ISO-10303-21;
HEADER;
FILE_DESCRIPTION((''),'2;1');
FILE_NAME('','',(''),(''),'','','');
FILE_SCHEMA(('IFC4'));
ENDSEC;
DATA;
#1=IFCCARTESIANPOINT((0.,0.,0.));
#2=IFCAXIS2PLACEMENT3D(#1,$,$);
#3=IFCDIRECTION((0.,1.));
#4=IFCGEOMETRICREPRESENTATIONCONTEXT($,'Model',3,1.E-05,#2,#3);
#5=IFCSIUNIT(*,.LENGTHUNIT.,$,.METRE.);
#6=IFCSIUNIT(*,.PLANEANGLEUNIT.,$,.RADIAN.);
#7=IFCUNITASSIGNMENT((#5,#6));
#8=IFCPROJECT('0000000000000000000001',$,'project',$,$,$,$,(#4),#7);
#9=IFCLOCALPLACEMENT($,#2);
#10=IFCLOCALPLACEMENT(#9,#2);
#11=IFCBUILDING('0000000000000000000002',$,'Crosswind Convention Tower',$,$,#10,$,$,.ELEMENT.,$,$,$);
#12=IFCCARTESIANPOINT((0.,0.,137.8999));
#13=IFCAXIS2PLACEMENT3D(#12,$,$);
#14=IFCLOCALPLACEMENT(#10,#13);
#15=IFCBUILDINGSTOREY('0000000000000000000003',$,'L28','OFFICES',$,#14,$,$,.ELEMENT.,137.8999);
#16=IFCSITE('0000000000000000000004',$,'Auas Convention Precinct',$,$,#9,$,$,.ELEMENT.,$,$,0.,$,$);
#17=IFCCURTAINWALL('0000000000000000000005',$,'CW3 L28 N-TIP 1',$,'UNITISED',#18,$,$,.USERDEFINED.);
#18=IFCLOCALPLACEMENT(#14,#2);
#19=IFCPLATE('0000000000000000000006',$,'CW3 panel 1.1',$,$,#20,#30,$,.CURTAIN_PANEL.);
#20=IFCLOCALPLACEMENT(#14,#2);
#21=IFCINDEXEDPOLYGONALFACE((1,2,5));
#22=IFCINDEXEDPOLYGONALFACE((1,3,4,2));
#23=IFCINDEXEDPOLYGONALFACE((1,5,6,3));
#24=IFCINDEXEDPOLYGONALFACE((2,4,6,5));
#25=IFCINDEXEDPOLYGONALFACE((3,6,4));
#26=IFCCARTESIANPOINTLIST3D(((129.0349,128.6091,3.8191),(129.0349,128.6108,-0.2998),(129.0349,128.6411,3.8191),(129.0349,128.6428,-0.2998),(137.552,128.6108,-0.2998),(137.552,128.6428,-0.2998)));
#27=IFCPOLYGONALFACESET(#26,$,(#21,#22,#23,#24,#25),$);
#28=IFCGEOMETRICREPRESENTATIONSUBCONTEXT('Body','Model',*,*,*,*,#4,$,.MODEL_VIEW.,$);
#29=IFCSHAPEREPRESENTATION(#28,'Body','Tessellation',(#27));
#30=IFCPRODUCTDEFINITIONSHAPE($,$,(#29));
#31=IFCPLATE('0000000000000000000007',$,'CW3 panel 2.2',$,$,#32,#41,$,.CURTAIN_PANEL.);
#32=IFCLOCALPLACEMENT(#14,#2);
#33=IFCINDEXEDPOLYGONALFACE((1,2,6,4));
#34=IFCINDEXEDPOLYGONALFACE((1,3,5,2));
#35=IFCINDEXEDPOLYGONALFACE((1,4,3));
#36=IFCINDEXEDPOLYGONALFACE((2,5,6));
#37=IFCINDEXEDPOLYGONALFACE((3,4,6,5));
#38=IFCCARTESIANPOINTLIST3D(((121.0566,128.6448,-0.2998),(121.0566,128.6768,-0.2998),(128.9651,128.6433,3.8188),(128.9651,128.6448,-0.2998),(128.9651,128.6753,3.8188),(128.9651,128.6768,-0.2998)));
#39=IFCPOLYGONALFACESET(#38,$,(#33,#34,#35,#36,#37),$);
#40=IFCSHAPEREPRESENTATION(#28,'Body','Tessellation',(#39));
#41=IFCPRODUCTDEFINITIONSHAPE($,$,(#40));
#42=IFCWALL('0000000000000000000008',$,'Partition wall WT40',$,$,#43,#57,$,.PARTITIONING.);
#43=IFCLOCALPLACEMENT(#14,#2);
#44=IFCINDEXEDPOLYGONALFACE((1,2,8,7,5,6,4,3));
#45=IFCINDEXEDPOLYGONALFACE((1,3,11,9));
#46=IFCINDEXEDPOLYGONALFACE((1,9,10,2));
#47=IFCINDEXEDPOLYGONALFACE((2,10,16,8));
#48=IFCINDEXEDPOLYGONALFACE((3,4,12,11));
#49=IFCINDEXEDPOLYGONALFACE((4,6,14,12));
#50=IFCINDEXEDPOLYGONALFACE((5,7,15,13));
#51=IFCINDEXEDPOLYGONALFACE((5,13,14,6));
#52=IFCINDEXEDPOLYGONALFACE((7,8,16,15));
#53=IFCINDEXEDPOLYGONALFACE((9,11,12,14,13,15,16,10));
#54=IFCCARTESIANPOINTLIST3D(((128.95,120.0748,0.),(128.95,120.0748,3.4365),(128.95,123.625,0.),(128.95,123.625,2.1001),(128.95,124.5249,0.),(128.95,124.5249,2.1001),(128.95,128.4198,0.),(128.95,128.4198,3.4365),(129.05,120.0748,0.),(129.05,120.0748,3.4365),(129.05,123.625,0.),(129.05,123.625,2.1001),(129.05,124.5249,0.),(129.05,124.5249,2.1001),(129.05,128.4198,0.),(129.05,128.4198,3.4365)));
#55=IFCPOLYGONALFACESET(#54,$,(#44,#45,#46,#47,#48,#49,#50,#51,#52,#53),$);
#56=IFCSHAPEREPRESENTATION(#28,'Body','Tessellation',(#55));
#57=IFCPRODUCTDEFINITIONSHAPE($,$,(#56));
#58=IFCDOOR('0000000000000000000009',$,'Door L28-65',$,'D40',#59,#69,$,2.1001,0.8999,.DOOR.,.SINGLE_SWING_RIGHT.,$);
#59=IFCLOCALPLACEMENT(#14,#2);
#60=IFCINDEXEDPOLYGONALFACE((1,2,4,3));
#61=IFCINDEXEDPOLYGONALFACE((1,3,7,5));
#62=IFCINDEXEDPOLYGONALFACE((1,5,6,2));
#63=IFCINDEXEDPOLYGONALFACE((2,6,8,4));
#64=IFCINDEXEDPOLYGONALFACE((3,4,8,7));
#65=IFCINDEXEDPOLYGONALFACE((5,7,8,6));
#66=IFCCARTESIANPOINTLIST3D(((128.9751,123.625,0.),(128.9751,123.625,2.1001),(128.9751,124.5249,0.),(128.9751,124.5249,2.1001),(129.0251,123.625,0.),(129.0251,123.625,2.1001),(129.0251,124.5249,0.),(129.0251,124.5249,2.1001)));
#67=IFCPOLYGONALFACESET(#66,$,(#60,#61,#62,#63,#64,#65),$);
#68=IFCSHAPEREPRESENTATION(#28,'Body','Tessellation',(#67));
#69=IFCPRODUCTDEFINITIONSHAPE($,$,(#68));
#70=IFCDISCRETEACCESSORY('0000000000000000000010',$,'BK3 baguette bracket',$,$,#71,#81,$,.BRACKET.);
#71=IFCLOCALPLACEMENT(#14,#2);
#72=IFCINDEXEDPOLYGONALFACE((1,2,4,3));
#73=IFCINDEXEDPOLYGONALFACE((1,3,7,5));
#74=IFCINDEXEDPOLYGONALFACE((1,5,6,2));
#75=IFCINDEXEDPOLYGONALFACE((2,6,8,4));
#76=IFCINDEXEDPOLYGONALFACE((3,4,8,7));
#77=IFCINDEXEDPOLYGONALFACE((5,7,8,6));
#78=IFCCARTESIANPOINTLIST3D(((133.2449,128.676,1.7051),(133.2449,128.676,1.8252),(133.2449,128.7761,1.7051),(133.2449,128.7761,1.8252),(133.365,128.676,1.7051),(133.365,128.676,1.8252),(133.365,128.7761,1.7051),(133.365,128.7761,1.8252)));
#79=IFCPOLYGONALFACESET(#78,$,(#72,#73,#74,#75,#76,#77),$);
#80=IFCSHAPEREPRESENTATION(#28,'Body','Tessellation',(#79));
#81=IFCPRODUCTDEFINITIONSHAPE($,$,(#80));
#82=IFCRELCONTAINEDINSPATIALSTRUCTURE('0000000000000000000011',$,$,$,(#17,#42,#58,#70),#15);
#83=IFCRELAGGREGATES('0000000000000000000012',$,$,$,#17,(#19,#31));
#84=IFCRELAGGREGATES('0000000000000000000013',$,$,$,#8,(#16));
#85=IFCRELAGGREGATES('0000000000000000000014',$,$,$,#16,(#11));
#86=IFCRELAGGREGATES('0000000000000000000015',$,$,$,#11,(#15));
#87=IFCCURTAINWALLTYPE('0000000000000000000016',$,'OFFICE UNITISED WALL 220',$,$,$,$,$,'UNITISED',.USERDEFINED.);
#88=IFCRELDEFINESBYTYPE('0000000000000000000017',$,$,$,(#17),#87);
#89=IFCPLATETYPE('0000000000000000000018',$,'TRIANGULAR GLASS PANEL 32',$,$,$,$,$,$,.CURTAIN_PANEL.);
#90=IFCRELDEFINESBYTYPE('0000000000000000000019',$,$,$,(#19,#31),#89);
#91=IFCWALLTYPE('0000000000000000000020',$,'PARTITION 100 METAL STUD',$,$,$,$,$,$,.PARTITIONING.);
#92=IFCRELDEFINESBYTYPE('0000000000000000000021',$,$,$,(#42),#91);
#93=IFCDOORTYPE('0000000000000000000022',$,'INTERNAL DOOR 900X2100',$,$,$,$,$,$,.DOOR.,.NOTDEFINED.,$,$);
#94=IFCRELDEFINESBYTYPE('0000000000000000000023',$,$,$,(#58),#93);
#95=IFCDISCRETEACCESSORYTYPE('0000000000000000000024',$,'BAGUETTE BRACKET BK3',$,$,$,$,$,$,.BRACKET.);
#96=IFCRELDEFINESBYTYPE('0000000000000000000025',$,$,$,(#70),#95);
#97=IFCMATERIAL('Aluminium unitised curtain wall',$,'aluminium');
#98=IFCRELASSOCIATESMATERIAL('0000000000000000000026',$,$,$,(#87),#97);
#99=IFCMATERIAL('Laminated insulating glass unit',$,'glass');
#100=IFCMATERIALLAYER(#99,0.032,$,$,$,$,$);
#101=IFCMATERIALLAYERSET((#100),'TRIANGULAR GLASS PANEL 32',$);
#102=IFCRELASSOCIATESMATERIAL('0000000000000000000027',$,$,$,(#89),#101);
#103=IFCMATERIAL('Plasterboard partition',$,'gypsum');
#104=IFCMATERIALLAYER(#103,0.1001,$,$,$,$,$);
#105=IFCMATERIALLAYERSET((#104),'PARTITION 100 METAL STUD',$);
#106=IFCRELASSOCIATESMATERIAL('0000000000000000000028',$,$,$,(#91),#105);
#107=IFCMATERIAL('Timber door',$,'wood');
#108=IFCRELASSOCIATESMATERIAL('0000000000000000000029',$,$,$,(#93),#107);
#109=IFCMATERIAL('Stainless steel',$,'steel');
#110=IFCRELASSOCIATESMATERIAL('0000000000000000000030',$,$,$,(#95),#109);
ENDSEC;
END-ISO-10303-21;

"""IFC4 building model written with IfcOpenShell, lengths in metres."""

from ifc_helpers import new_model, si_unit, direction, frame, frame_2d, origin, origin_2d, place, context, subcontext, project, spatial, polyline, rectangle, outline, extrude, material, layer, layer_set, type_object, element, fill, aggregate, save


model = new_model("IFC4")

# Units and contexts
model_context = context("Model", 3, precision=1e-05, world=origin(), true_north=direction((0.0, 1.0)))
body_context = subcontext(model_context, "Body", "Model", "MODEL_VIEW")
ifc_project = project(units=[si_unit("LENGTHUNIT", "METRE"), si_unit("PLANEANGLEUNIT", "RADIAN")], contexts=[model_context])

# Site, building, storey
site_placement = place(None, origin())
site = spatial("IfcSite", under=ifc_project, at=site_placement, Name="Auas Convention Precinct", CompositionType="ELEMENT", RefElevation=0.0)
building_placement = place(site_placement, origin())
building = spatial("IfcBuilding", under=site, at=building_placement, Name="Crosswind Convention Tower", CompositionType="ELEMENT")
storey_placement = place(building_placement, frame((0.0, 0.0, 137.8999)))
storey = spatial("IfcBuildingStorey", under=building, at=storey_placement, Name="L28", Description="OFFICES", CompositionType="ELEMENT", Elevation=137.8999)

# Curtain wall
ifc_material_1 = material(Name="Aluminium unitised curtain wall", Category="aluminium")
curtain_wall_type = type_object("IfcCurtainWallType", Name="OFFICE UNITISED WALL 220", ElementType="UNITISED", PredefinedType="USERDEFINED", material=ifc_material_1)
curtain_wall_placement = place(storey_placement, origin())
curtain_wall = element("IfcCurtainWall", 1, at=curtain_wall_placement, inside=storey, type_object=curtain_wall_type, Name="CW3 L28 N-TIP 1", ObjectType="UNITISED", PredefinedType="USERDEFINED")

# Plates
ifc_material_2 = material(Name="Laminated insulating glass unit", Category="glass")
ifc_layer_1 = layer(ifc_material_2, 0.032)
ifc_layer_set_1 = layer_set([ifc_layer_1], Name="TRIANGULAR GLASS PANEL 32")
plate_type = type_object("IfcPlateType", Name="TRIANGULAR GLASS PANEL 32", PredefinedType="CURTAIN_PANEL", material=ifc_layer_set_1)
plate_1_placement = place(storey_placement, frame((129.0349, 128.6428, -0.2998), z_axis=(0.0, 1.0, 0.000415), x_axis=(0.0, -0.000415, 1.0)))
plate_1 = element("IfcPlate", 2, at=plate_1_placement, type_object=plate_type, Name="CW3 panel 1.1", PredefinedType="CURTAIN_PANEL", context=body_context, shape_type="SweptSolid", body=[
    extrude(outline(polyline([(0.0, 0.0), (4.1189, 0.0), (0.0, 8.5171), (0.0, 0.0)])), origin(), (0.0, 0.0, -1.0), 0.032),
])
plate_2_placement = place(storey_placement, frame((128.9651, 128.6768, -0.2998), z_axis=(0.0, 1.0, 0.000356), x_axis=(-1.0, 0.0, 0.0)))
plate_2 = element("IfcPlate", 3, at=plate_2_placement, type_object=plate_type, Name="CW3 panel 2.2", PredefinedType="CURTAIN_PANEL", context=body_context, shape_type="SweptSolid", body=[
    extrude(outline(polyline([(0.0, 0.0), (7.9084, 0.0), (0.0, 4.1187), (0.0, 0.0)])), origin(), (0.0, 0.0, -1.0), 0.032),
])
aggregate(curtain_wall, [plate_1, plate_2])

# Wall, opening, door
ifc_material_3 = material(Name="Plasterboard partition", Category="gypsum")
ifc_layer_2 = layer(ifc_material_3, 0.1001)
ifc_layer_set_2 = layer_set([ifc_layer_2], Name="PARTITION 100 METAL STUD")
wall_type = type_object("IfcWallType", Name="PARTITION 100 METAL STUD", PredefinedType="PARTITIONING", material=ifc_layer_set_2)
wall_placement = place(storey_placement, frame((129.0, 120.075, 0.0), z_axis=(0.0, 0.0, 1.0), x_axis=(0.0, 1.0, 0.0)))
wall = element("IfcWall", 4, at=wall_placement, inside=storey, type_object=wall_type, Name="Partition wall WT40", PredefinedType="PARTITIONING", context=body_context, shape_type="SweptSolid", body=[
    extrude(rectangle(XDim=8.345, YDim=0.1001, at=frame_2d((4.1724, 0.0))), origin(), (0.0, 0.0, 1.0), 3.4365),
])
opening_placement = place(wall_placement, frame((3.55, 0.0, 0.0)))
opening = element("IfcOpeningElement", 5, at=opening_placement, cuts=wall, PredefinedType="OPENING", context=body_context, shape_type="SweptSolid", body=[
    extrude(rectangle(XDim=0.8999, YDim=2.1001, at=frame_2d((0.45, 1.05))), frame((0.0, 0.0601, 0.0), z_axis=(0.0, -1.0, 0.0), x_axis=(1.0, 0.0, 0.0)), (0.0, 0.0, 1.0), 0.1201),
])
ifc_material_4 = material(Name="Timber door", Category="wood")
door_type = type_object("IfcDoorType", Name="INTERNAL DOOR 900X2100", OperationType="NOTDEFINED", PredefinedType="DOOR", material=ifc_material_4)
door_placement = place(opening_placement, origin())
door = element("IfcDoor", 6, at=door_placement, inside=storey, type_object=door_type, Name="Door L28-65", ObjectType="D40", OperationType="SINGLE_SWING_RIGHT", OverallHeight=2.1001, OverallWidth=0.8999, PredefinedType="DOOR", context=body_context, shape_type="SweptSolid", body=[
    extrude(rectangle(XDim=0.8999, YDim=2.1001, at=frame_2d((0.45, 1.05))), frame((0.0, 0.0249, 0.0), z_axis=(0.0, -1.0, 0.0), x_axis=(1.0, 0.0, 0.0)), (0.0, 0.0, 1.0), 0.05),
])
fill(opening, door)

# Discrete accessory
ifc_material_5 = material(Name="Stainless steel", Category="steel")
discrete_accessory_type = type_object("IfcDiscreteAccessoryType", Name="BAGUETTE BRACKET BK3", PredefinedType="BRACKET", material=ifc_material_5)
discrete_accessory_placement = place(storey_placement, frame((133.3049, 128.7261, 1.7051), z_axis=(0.0, 0.0, 1.0), x_axis=(-1.0, 0.0, 0.0)))
element("IfcDiscreteAccessory", 7, at=discrete_accessory_placement, inside=storey, type_object=discrete_accessory_type, Name="BK3 baguette bracket", PredefinedType="BRACKET", context=body_context, shape_type="SweptSolid", body=[
    extrude(rectangle(XDim=0.1201, YDim=0.1001, at=origin_2d()), origin(), (0.0, 0.0, 1.0), 0.1201),
])

save(model, "model.ifc")
